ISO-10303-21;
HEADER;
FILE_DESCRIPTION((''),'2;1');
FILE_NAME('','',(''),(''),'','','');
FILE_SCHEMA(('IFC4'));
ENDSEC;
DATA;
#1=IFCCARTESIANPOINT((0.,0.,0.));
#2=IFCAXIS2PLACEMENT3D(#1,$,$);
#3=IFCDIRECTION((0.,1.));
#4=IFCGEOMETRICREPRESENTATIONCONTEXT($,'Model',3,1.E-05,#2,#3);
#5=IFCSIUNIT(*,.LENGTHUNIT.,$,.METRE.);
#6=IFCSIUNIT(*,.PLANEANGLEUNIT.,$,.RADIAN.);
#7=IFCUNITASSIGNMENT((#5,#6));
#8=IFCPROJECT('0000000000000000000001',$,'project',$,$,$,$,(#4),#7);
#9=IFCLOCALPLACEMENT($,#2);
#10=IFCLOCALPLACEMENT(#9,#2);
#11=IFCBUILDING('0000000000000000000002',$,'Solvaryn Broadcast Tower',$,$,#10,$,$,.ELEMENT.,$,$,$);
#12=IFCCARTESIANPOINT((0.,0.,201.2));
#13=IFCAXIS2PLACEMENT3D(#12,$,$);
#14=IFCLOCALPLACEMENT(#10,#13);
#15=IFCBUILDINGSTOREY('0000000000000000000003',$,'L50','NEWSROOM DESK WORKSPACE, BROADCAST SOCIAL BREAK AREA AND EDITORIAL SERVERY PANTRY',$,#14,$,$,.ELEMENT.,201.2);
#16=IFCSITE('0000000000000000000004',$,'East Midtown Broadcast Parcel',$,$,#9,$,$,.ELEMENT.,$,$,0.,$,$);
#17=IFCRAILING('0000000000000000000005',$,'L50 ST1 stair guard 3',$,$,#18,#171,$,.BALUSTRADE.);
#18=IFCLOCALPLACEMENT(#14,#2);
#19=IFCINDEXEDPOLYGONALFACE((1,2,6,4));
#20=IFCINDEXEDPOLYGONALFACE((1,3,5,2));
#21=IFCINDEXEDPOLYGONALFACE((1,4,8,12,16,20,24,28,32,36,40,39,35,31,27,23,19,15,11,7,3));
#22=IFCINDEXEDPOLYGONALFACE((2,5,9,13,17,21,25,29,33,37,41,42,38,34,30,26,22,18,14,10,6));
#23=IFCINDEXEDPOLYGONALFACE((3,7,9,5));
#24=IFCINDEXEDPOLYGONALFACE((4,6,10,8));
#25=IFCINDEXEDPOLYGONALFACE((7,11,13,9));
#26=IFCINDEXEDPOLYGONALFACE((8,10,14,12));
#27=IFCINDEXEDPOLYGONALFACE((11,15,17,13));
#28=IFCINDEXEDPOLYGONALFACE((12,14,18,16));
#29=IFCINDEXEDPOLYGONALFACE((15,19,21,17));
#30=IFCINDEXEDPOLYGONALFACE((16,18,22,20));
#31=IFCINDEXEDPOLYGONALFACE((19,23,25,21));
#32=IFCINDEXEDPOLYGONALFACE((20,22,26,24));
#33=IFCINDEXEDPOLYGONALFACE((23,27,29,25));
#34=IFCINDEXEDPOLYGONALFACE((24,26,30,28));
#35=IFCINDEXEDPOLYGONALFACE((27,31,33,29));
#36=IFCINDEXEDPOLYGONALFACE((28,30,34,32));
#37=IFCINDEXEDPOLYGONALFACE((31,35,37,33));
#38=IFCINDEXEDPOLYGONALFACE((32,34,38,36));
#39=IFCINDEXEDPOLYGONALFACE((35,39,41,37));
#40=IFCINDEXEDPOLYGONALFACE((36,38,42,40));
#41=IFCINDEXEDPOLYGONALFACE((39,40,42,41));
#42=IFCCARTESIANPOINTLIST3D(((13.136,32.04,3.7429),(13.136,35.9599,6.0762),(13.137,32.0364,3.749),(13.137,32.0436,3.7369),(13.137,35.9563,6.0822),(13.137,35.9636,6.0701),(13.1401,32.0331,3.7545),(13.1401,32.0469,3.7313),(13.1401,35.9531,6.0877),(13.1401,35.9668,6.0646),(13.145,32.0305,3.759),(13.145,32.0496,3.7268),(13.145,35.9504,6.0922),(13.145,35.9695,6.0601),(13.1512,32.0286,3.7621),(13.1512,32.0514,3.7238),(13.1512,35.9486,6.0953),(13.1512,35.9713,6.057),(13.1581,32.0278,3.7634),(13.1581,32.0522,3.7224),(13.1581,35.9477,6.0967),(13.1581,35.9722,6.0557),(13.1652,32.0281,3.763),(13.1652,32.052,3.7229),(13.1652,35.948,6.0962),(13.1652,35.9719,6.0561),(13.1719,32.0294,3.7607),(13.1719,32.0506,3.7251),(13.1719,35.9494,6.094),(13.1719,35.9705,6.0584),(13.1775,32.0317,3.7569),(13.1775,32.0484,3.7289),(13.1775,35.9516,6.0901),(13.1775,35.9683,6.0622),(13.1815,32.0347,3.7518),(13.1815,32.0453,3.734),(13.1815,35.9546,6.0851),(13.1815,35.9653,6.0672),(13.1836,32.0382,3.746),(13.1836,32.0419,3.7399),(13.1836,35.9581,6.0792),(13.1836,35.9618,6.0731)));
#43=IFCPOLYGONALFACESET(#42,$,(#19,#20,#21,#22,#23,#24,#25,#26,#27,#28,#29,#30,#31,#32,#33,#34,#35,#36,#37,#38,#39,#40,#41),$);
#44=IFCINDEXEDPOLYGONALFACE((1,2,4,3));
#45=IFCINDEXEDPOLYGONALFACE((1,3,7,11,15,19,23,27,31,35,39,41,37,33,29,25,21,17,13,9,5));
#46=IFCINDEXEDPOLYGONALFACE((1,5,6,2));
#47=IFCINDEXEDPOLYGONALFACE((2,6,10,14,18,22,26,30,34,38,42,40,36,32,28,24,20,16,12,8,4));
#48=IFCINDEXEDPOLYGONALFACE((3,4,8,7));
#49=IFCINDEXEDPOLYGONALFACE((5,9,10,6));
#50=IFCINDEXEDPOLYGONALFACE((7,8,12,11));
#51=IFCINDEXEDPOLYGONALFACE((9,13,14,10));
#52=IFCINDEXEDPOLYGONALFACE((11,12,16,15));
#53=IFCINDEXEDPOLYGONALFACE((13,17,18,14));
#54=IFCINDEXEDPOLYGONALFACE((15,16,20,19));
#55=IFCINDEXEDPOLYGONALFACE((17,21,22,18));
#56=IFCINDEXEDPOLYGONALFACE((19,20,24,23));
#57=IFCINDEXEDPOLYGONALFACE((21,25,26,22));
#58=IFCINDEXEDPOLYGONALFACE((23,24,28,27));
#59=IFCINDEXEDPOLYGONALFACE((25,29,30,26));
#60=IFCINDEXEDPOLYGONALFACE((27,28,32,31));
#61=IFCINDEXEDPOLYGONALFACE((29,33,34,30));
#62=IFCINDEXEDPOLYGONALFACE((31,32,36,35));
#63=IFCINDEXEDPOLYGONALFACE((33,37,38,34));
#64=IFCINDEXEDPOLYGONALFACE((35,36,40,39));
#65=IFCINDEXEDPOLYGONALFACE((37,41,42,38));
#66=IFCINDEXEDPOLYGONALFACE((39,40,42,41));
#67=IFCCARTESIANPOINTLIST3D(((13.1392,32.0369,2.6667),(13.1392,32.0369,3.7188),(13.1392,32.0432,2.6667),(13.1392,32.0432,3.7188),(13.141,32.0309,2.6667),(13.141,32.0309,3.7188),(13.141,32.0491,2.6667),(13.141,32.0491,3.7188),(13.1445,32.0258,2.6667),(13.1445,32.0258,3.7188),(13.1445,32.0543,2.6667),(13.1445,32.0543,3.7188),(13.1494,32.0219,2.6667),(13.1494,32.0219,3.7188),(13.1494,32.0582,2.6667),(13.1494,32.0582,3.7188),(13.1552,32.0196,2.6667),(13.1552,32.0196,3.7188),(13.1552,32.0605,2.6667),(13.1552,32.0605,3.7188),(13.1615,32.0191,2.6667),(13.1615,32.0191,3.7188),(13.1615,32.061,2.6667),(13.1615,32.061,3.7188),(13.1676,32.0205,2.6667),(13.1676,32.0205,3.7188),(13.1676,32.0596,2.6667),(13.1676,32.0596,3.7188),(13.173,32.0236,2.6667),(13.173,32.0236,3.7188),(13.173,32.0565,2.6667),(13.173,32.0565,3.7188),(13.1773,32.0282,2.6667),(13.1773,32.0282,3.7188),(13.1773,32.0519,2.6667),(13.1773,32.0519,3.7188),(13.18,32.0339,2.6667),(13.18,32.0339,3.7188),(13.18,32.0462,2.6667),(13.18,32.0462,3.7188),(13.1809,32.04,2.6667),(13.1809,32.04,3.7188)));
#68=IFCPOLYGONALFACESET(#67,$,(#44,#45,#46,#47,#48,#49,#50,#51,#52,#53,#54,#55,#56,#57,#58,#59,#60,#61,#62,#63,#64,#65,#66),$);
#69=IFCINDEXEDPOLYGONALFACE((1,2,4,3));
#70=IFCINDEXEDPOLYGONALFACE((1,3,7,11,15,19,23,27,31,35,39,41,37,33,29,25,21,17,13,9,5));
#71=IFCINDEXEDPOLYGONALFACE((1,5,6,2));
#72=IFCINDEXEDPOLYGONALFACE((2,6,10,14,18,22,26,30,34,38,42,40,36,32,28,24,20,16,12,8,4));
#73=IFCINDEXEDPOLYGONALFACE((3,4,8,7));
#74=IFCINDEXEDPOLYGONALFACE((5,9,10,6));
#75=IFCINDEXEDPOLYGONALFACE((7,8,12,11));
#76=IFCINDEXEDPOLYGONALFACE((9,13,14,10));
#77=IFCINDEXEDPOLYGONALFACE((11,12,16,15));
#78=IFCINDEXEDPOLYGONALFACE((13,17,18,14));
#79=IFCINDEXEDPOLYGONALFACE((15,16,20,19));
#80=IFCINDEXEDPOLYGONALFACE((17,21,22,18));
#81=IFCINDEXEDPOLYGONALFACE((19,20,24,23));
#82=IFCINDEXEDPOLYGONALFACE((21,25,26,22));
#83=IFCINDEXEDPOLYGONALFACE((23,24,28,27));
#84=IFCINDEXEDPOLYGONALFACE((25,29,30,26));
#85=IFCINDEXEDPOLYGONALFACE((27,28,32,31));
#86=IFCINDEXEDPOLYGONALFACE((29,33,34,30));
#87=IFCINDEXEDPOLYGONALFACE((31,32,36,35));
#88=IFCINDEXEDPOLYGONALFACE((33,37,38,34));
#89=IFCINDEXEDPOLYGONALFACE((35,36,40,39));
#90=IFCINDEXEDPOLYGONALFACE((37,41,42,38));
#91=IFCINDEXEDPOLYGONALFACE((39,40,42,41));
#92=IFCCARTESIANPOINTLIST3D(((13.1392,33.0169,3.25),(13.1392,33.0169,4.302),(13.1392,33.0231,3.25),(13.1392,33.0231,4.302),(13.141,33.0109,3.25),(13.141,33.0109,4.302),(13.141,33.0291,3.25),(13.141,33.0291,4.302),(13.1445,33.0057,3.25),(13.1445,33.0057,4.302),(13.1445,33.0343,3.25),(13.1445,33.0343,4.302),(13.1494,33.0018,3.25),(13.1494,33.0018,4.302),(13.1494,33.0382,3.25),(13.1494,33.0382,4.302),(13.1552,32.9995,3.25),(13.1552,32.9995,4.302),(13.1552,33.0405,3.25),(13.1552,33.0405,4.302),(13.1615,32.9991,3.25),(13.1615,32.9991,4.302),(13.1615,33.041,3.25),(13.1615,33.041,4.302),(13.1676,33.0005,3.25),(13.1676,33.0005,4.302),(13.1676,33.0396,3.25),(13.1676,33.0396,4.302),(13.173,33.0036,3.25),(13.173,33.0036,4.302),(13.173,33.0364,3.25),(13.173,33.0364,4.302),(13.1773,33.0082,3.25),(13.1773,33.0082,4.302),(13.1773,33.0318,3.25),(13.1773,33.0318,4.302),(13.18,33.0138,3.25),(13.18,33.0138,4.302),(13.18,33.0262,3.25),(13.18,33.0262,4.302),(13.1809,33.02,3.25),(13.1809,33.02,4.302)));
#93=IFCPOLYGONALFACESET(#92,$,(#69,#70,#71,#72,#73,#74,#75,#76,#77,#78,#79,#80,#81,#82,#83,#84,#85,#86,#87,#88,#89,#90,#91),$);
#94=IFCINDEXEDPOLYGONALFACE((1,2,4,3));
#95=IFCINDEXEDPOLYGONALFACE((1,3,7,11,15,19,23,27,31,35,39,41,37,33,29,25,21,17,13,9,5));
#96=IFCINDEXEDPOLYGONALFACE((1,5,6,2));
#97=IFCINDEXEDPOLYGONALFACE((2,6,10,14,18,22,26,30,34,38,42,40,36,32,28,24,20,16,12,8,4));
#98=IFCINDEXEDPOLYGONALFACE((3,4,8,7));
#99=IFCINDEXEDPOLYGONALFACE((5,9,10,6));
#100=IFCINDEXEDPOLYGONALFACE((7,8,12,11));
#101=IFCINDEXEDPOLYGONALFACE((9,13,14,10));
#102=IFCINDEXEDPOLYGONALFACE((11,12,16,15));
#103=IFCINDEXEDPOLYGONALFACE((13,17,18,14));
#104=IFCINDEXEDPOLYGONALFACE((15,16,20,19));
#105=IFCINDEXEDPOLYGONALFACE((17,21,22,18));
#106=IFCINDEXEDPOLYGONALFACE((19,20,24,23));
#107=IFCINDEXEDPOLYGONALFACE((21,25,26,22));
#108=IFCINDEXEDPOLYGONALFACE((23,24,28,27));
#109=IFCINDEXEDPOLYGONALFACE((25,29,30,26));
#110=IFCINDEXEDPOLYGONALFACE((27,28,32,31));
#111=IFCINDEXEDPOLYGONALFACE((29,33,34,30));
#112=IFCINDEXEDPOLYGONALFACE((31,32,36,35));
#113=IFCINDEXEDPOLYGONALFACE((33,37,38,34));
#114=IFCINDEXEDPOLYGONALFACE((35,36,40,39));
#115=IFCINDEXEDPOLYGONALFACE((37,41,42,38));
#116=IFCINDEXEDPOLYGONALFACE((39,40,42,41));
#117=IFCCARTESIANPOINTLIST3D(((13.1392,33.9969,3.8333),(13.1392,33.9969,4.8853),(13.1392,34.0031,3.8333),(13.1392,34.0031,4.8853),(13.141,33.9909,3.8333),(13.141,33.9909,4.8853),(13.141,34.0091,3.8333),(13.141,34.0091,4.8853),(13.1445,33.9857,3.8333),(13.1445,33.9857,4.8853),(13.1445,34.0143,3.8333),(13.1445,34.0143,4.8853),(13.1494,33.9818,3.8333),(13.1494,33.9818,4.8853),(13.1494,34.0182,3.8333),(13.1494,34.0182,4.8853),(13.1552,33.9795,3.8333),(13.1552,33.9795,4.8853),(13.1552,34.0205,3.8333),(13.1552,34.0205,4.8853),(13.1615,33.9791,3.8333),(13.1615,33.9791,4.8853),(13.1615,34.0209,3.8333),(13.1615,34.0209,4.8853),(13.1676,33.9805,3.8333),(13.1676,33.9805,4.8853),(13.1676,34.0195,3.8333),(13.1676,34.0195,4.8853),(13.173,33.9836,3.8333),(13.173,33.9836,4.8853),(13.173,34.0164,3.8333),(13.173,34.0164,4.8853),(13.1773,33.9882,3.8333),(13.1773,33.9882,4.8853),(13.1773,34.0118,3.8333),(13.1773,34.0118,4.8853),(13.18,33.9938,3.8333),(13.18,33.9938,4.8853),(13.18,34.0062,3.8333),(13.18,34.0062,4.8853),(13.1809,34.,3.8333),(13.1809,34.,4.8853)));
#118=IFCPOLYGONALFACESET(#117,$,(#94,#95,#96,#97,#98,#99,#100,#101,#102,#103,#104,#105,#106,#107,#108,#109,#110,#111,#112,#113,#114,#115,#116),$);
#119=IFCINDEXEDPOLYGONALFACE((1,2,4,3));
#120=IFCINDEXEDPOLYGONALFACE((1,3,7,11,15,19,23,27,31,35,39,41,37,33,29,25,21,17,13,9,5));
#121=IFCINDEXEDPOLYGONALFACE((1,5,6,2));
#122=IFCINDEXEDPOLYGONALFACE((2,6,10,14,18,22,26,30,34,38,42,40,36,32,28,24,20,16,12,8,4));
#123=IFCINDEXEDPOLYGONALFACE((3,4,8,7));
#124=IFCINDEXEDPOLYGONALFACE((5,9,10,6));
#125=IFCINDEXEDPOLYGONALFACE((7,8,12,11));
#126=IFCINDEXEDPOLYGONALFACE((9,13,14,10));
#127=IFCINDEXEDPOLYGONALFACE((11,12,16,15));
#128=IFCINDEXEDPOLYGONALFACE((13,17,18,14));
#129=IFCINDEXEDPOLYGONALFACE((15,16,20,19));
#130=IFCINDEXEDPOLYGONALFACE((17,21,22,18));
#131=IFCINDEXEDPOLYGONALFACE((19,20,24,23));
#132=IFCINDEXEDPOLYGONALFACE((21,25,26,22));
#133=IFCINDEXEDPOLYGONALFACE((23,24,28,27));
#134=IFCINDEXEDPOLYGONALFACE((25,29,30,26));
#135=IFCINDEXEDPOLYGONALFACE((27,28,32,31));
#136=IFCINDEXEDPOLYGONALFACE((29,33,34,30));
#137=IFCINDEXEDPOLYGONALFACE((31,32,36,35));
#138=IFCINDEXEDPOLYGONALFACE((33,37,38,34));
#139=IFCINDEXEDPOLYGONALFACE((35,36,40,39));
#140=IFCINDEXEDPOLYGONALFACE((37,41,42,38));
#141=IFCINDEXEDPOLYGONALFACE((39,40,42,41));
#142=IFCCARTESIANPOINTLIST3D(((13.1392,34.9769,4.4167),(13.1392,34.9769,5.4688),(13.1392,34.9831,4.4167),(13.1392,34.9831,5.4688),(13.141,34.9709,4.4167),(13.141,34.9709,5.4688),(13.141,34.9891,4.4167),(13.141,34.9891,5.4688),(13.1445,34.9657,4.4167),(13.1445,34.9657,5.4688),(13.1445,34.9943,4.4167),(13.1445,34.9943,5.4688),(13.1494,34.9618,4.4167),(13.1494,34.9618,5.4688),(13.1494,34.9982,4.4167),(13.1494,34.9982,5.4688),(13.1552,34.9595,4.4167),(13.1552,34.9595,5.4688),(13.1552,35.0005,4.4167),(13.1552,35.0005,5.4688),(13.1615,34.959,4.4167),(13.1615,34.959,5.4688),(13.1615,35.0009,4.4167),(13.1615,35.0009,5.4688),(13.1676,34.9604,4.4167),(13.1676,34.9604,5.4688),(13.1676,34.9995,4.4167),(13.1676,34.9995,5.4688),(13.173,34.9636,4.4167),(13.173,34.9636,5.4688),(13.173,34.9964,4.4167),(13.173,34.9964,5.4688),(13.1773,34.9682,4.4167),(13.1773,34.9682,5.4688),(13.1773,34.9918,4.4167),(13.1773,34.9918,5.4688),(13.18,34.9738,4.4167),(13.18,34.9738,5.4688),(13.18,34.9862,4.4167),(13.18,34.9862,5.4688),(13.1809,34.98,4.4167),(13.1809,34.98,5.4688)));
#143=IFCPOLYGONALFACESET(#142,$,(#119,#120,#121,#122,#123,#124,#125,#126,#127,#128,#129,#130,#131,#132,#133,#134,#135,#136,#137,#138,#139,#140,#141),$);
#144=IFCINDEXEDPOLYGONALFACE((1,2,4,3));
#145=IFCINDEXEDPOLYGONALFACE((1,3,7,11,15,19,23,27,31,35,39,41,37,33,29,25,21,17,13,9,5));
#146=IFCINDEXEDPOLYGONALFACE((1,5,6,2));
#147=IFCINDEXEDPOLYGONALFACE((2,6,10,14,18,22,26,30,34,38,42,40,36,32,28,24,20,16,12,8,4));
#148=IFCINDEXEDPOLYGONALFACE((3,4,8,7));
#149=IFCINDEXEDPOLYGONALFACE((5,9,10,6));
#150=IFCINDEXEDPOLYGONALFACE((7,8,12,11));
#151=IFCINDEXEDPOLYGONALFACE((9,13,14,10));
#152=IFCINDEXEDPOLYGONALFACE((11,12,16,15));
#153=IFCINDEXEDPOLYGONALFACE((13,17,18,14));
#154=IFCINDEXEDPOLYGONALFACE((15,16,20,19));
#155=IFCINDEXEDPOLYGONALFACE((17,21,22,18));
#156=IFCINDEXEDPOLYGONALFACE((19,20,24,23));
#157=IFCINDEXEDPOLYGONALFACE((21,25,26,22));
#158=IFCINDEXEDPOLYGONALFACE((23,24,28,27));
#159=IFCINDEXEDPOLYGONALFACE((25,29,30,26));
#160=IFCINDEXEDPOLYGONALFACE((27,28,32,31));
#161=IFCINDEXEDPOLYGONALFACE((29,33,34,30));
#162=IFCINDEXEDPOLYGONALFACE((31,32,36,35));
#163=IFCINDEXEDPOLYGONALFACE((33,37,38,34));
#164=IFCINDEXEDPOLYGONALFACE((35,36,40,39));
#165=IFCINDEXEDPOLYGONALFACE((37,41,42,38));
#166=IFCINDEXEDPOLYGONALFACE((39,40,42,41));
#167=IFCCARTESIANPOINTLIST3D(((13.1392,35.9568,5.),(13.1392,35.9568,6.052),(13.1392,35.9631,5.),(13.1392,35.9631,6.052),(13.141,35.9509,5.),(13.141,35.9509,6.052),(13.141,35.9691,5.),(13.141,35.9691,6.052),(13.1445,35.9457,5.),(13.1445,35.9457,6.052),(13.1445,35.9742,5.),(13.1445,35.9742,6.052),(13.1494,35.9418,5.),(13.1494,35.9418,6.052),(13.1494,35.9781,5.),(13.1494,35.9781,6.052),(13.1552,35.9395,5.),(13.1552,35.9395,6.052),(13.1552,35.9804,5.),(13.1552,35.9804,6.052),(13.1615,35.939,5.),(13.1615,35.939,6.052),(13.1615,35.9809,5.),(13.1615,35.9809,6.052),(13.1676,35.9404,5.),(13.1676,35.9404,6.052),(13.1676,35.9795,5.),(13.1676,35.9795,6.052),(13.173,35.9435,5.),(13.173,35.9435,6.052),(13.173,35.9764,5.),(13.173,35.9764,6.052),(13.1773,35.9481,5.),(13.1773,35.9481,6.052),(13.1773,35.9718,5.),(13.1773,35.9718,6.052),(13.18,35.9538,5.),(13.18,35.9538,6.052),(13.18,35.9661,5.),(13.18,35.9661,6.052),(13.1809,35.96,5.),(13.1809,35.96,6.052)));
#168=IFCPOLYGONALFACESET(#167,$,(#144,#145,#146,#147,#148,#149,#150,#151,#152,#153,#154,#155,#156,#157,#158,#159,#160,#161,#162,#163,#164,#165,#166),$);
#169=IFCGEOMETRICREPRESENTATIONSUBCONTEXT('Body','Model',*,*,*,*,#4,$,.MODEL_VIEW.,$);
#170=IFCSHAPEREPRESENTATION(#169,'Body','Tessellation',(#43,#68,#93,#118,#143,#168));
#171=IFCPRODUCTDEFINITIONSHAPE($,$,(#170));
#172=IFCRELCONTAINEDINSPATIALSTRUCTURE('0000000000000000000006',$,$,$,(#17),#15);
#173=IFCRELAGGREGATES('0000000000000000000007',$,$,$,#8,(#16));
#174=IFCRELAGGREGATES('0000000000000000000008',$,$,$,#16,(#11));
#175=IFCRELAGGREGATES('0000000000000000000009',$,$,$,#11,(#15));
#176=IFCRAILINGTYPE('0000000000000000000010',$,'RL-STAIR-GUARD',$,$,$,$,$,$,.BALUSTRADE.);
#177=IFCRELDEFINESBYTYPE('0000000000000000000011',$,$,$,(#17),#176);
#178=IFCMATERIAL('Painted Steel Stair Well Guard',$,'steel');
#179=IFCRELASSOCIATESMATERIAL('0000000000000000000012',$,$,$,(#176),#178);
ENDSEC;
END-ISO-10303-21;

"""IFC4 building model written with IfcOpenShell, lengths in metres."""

from ifc_helpers import new_model, si_unit, direction, frame, origin, origin_2d, place, context, subcontext, project, spatial, circle, extrude, material, type_object, element, save


model = new_model("IFC4")

# Units and contexts
model_context = context("Model", 3, precision=1e-05, world=origin(), true_north=direction((0.0, 1.0)))
body_context = subcontext(model_context, "Body", "Model", "MODEL_VIEW")
ifc_project = project(units=[si_unit("LENGTHUNIT", "METRE"), si_unit("PLANEANGLEUNIT", "RADIAN")], contexts=[model_context])

# Site, building, storey
site_placement = place(None, origin())
site = spatial("IfcSite", under=ifc_project, at=site_placement, Name="East Midtown Broadcast Parcel", CompositionType="ELEMENT", RefElevation=0.0)
building_placement = place(site_placement, origin())
building = spatial("IfcBuilding", under=site, at=building_placement, Name="Solvaryn Broadcast Tower", CompositionType="ELEMENT")
storey_placement = place(building_placement, frame((0.0, 0.0, 201.2)))
storey = spatial("IfcBuildingStorey", under=building, at=storey_placement, Name="L50", Description="NEWSROOM DESK WORKSPACE, BROADCAST SOCIAL BREAK AREA AND EDITORIAL SERVERY PANTRY", CompositionType="ELEMENT", Elevation=201.2)

# Railing
ifc_material_1 = material(Name="Painted Steel Stair Well Guard", Category="steel")
railing_type_1 = type_object("IfcRailingType", Name="RL-STAIR-GUARD", PredefinedType="BALUSTRADE", material=ifc_material_1)
railing_1_placement = place(storey_placement, frame((13.1599, 32.04, 2.6667)))
element("IfcRailing", 1, at=railing_1_placement, inside=storey, type_object=railing_type_1, Name="L50 ST1 stair guard 3", PredefinedType="BALUSTRADE", context=body_context, shape_type="SweptSolid", body=[
    extrude(circle(Radius=0.0239, at=origin_2d()), frame((0.0, 0.0, 1.0762), z_axis=(0.0, 0.859296, 0.511478), x_axis=(-1.0, 0.0, 0.0)), (0.0, 0.0, 1.0), 4.5618),
    extrude(circle(Radius=0.021, at=origin_2d()), origin(), (0.0, 0.0, 1.0), 1.052),
    extrude(circle(Radius=0.021, at=origin_2d()), frame((0.0, 0.98, 0.5833)), (0.0, 0.0, 1.0), 1.052),
    extrude(circle(Radius=0.021, at=origin_2d()), frame((0.0, 1.96, 1.1665)), (0.0, 0.0, 1.0), 1.052),
    extrude(circle(Radius=0.021, at=origin_2d()), frame((0.0, 2.9399, 1.75)), (0.0, 0.0, 1.0), 1.052),
    extrude(circle(Radius=0.021, at=origin_2d()), frame((0.0, 3.9199, 2.3333)), (0.0, 0.0, 1.0), 1.052),
])

save(model, "model.ifc")
